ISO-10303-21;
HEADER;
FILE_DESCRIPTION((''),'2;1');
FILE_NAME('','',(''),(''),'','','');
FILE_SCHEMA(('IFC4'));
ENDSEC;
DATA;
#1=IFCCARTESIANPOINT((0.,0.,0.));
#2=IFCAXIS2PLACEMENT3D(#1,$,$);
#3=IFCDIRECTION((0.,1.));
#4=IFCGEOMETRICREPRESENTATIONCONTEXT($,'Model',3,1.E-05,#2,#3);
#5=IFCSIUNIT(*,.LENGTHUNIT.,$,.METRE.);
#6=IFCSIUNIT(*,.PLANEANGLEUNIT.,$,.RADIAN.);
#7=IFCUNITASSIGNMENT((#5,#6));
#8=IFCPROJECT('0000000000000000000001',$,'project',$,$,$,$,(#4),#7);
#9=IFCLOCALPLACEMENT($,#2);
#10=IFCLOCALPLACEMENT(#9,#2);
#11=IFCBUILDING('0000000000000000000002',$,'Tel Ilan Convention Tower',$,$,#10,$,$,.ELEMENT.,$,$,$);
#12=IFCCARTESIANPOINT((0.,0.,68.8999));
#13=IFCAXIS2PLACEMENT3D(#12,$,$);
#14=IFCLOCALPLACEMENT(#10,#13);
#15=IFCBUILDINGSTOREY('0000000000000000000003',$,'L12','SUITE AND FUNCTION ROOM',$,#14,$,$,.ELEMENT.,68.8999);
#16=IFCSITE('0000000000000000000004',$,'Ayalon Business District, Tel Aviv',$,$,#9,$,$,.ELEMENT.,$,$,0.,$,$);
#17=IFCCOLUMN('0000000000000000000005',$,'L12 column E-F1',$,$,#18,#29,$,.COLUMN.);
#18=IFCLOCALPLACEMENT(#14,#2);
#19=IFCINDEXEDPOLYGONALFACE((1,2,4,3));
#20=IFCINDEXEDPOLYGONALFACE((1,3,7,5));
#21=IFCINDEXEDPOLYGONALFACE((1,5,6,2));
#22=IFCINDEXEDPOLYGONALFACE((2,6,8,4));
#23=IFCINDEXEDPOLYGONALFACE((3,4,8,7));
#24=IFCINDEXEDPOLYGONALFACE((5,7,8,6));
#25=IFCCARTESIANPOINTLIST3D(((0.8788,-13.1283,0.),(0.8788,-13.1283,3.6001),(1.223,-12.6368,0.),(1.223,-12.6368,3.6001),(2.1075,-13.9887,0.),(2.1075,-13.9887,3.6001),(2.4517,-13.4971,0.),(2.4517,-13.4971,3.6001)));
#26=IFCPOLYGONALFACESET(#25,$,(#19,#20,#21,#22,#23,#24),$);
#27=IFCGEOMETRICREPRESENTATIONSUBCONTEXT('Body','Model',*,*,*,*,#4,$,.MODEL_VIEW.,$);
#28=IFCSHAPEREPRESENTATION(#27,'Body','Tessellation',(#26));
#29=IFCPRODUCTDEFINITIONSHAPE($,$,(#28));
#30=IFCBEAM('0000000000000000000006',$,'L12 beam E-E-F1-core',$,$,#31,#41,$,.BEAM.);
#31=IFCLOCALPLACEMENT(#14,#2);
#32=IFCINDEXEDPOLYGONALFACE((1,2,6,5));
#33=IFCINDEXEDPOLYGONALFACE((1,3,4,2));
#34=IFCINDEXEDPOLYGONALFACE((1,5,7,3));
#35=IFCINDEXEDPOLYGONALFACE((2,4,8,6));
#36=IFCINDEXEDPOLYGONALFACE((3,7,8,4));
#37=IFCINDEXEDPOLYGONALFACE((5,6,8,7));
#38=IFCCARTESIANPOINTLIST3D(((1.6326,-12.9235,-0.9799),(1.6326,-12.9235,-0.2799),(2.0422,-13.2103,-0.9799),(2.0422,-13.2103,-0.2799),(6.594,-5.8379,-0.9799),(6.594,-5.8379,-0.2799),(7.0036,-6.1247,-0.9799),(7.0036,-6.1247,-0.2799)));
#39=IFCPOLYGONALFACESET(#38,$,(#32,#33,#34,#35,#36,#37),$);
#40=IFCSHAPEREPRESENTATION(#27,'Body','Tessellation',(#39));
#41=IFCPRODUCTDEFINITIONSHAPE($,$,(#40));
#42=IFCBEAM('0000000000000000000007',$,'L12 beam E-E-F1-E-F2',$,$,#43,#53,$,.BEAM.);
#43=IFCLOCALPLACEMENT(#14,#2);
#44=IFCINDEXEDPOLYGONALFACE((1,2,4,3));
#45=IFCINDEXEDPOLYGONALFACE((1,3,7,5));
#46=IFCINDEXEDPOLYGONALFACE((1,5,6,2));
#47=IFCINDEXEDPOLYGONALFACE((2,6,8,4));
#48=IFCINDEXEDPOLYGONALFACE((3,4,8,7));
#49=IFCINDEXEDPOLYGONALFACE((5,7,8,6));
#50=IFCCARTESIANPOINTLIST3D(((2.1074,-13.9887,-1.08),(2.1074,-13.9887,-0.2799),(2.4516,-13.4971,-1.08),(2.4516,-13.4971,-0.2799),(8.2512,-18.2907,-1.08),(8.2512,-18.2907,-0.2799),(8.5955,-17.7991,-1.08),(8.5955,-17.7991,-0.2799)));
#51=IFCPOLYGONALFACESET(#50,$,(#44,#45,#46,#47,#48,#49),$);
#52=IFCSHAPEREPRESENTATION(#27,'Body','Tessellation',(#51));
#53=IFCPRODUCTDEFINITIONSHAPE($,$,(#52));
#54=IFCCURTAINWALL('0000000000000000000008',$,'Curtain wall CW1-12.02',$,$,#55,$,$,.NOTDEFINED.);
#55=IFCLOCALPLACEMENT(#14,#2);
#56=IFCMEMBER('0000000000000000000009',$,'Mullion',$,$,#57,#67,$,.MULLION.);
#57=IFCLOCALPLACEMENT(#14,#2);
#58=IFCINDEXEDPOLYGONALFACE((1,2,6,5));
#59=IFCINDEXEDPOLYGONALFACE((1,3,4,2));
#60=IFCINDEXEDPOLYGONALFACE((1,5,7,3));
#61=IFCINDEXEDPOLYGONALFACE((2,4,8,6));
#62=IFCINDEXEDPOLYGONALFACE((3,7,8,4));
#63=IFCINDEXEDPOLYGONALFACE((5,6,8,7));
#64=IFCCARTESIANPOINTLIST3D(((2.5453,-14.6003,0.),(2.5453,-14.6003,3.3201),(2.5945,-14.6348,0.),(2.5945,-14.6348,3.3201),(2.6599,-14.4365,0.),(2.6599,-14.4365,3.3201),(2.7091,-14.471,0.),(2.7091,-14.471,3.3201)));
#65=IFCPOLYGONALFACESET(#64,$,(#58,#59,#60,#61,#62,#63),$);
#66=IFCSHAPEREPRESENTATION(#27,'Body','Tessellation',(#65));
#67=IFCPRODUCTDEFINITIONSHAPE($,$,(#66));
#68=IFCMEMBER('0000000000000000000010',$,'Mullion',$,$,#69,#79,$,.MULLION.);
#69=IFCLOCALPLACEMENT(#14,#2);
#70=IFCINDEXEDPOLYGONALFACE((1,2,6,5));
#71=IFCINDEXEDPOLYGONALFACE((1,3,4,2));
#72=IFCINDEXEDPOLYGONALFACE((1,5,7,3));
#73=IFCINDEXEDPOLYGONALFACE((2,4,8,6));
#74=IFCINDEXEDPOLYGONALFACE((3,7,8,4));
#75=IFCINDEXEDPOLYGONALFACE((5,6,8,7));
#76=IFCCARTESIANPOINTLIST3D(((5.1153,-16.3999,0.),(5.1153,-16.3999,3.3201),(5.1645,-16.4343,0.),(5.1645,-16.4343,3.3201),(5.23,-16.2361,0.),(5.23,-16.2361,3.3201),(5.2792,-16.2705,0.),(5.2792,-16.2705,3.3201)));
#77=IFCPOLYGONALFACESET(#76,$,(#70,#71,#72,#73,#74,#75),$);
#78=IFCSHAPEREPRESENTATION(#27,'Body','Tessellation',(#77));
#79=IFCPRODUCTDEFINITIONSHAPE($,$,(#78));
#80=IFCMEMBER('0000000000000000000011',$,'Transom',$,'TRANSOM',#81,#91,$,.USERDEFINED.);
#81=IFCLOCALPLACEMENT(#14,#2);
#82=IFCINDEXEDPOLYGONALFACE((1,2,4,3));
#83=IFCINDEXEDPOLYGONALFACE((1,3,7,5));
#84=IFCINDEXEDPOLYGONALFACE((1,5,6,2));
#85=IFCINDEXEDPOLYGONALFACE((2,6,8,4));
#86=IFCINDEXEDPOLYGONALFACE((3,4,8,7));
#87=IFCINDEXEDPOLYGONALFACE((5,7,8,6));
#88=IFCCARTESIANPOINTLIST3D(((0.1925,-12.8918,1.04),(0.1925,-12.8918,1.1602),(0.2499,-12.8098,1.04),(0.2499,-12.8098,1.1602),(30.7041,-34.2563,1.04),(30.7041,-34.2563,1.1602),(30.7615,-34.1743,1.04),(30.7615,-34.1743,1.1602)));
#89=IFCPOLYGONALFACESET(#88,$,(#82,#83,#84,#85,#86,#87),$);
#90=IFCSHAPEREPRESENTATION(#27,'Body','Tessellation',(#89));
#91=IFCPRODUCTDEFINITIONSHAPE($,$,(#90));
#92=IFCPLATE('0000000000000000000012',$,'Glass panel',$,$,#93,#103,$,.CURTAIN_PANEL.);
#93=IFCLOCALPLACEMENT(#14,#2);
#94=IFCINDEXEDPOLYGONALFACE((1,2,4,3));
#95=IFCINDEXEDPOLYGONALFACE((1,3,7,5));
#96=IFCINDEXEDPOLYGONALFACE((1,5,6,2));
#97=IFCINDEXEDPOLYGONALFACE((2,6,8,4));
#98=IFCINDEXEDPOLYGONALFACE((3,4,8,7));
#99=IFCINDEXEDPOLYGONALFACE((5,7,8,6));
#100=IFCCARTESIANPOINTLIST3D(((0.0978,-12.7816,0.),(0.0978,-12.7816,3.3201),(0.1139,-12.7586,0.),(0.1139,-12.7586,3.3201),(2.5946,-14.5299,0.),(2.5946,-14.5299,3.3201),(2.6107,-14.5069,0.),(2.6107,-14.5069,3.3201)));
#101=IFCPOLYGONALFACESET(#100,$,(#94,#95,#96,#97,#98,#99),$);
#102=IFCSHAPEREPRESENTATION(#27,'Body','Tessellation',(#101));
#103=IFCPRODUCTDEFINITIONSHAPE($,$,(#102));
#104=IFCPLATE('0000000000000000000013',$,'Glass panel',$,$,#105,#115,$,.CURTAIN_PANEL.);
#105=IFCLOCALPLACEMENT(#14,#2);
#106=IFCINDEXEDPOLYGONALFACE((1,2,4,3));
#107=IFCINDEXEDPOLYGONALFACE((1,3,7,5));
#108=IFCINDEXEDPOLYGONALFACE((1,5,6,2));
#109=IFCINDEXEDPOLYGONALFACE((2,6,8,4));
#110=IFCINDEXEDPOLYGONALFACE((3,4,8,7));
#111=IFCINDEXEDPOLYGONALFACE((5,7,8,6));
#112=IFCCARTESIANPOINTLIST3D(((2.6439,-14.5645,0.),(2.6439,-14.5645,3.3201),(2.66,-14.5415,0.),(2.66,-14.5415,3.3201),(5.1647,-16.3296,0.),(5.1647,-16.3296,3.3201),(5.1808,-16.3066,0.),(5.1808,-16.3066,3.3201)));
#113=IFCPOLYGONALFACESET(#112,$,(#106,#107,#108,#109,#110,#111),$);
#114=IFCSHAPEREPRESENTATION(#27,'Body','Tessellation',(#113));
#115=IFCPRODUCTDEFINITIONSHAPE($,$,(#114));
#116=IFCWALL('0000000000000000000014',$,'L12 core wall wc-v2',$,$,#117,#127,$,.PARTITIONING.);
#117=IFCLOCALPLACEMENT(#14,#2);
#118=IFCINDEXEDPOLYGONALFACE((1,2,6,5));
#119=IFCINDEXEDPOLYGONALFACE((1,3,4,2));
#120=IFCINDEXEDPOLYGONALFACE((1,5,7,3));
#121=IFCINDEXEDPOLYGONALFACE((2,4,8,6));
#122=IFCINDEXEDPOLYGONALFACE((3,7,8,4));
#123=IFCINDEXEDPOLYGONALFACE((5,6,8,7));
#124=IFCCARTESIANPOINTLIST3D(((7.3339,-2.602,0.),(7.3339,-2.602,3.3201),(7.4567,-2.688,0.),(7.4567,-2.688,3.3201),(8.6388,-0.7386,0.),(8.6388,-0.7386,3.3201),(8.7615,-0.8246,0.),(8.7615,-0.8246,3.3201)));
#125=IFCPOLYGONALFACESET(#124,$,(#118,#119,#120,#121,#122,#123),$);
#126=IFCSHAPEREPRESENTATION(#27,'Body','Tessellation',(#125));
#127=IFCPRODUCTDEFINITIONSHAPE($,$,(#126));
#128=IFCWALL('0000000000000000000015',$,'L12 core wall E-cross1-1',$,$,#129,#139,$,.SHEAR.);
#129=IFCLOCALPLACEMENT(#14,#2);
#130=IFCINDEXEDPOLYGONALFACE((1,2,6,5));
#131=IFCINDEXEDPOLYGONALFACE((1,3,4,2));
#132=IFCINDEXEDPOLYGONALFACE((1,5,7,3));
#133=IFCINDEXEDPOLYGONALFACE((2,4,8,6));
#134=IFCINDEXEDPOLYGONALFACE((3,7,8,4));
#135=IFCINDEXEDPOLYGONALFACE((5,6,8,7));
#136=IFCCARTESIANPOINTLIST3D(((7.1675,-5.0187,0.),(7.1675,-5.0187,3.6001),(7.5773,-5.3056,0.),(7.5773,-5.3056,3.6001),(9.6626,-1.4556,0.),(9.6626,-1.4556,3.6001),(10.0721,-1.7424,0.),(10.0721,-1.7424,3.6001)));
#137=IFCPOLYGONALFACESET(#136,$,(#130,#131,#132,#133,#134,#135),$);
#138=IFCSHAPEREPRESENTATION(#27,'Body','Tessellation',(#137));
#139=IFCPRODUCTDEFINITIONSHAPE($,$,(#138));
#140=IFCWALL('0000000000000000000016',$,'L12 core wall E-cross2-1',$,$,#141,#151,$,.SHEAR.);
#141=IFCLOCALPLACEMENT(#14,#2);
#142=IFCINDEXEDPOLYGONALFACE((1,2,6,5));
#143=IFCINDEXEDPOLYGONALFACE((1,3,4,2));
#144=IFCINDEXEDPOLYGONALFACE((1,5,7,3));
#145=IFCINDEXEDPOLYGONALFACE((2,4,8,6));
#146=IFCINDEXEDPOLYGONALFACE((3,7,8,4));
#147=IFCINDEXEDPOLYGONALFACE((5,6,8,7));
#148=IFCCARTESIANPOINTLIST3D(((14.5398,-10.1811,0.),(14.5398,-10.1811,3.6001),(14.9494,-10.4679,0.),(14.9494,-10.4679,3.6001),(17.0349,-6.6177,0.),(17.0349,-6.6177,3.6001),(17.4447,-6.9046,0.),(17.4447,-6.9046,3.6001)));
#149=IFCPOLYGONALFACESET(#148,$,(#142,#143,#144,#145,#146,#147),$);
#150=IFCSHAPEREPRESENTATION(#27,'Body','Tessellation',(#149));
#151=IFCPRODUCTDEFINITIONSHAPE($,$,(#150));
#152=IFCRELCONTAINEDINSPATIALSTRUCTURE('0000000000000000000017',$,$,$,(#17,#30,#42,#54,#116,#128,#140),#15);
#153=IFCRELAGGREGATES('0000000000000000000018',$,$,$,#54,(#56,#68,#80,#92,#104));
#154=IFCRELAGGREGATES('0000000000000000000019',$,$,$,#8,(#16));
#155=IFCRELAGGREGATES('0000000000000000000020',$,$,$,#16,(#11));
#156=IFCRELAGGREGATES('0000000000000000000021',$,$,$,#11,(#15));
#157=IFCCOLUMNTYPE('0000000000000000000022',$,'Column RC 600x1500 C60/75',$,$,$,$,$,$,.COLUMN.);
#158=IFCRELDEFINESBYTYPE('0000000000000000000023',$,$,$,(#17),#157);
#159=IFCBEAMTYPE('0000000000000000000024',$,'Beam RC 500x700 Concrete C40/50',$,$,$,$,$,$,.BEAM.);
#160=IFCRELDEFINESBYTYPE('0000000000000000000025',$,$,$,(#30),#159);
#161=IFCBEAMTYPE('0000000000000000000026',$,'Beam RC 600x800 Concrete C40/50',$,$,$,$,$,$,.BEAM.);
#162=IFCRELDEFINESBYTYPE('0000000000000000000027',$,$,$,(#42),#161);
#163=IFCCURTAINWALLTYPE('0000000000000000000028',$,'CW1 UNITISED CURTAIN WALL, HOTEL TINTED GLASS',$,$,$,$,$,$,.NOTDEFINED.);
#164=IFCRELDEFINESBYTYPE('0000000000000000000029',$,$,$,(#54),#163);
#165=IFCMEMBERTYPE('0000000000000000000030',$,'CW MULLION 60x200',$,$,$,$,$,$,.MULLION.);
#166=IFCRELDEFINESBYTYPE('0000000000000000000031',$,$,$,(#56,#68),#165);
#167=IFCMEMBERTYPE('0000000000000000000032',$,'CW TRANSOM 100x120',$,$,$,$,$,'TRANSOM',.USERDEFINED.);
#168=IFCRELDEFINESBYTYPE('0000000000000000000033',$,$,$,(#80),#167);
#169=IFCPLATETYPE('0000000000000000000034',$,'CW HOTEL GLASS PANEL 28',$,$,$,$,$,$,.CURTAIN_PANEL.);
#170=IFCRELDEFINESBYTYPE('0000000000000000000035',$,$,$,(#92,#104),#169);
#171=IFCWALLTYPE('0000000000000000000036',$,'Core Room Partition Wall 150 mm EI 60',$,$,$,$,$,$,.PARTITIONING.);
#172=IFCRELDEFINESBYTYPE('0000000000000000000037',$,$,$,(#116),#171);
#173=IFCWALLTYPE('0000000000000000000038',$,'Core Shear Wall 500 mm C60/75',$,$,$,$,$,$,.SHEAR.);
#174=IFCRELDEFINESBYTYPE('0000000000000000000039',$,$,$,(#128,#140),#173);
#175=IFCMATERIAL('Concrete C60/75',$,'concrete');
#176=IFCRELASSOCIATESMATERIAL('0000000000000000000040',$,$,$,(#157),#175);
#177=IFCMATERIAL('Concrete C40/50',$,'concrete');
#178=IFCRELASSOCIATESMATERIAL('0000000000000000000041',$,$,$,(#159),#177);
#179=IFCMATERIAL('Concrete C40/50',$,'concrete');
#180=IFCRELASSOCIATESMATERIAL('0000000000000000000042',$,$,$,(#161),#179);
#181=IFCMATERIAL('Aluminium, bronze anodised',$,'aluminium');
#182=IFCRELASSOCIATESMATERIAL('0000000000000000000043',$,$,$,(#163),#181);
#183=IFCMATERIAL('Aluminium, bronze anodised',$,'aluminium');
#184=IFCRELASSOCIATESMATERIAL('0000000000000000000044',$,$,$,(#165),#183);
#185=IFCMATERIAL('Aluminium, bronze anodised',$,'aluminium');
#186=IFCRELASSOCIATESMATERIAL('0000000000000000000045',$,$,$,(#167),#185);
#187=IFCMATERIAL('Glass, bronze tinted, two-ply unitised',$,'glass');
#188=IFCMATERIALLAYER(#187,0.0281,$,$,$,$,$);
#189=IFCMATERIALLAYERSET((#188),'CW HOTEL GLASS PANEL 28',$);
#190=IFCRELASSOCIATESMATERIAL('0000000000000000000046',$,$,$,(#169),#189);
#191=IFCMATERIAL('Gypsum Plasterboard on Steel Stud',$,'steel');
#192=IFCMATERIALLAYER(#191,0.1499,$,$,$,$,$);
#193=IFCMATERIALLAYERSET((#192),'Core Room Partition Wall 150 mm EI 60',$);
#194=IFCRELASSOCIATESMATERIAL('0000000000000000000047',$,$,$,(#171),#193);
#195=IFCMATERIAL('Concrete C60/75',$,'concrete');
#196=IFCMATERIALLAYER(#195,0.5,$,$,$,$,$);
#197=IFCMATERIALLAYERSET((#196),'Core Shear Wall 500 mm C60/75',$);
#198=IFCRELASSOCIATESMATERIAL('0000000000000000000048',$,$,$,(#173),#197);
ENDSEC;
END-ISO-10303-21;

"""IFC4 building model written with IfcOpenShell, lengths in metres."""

from ifc_helpers import new_model, si_unit, direction, frame, frame_2d, origin, origin_2d, place, context, subcontext, project, spatial, polyline, rectangle, outline, extrude, material, layer, layer_set, material_profile, profile_set, type_object, element, aggregate, save


model = new_model("IFC4")

# Units and contexts
model_context = context("Model", 3, precision=1e-05, world=origin(), true_north=direction((0.0, 1.0)))
body_context = subcontext(model_context, "Body", "Model", "MODEL_VIEW")
ifc_project = project(units=[si_unit("LENGTHUNIT", "METRE"), si_unit("PLANEANGLEUNIT", "RADIAN")], contexts=[model_context])

# Site, building, storey
site_placement = place(None, origin())
site = spatial("IfcSite", under=ifc_project, at=site_placement, Name="Ayalon Business District, Tel Aviv", CompositionType="ELEMENT", RefElevation=0.0)
building_placement = place(site_placement, origin())
building = spatial("IfcBuilding", under=site, at=building_placement, Name="Tel Ilan Convention Tower", CompositionType="ELEMENT")
storey_placement = place(building_placement, frame((0.0, 0.0, 68.8999)))
storey = spatial("IfcBuildingStorey", under=building, at=storey_placement, Name="L12", Description="SUITE AND FUNCTION ROOM", CompositionType="ELEMENT", Elevation=68.8999)

# Column
ifc_material_1 = material(Name="Concrete C60/75", Category="concrete")
ifc_material_profile_1 = material_profile(ifc_material_1, rectangle(XDim=1.5, YDim=0.6001, at=origin_2d()), Name="RC 600x1500")
ifc_profile_set_1 = profile_set([ifc_material_profile_1], Name="Concrete C60/75")
column_type = type_object("IfcColumnType", Name="Column RC 600x1500 C60/75", PredefinedType="COLUMN", material=ifc_profile_set_1)
column_placement = place(storey_placement, frame((1.6653, -13.3127, 0.0), z_axis=(0.0, 0.0, 1.0), x_axis=(0.819152, -0.573576, 0.0)))
element("IfcColumn", 1, at=column_placement, inside=storey, type_object=column_type, Name="L12 column E-F1", PredefinedType="COLUMN", context=body_context, shape_type="SweptSolid", body=[
    extrude(rectangle(XDim=1.5, YDim=0.6001, at=origin_2d()), origin(), (0.0, 0.0, 1.0), 3.6001),
])

# Beams
ifc_material_2 = material(Name="Concrete C40/50", Category="concrete")
ifc_material_profile_2 = material_profile(ifc_material_2, rectangle(XDim=0.5, YDim=0.7, at=origin_2d()), Name="RC 500x700")
ifc_profile_set_2 = profile_set([ifc_material_profile_2], Name="Concrete C40/50")
beam_type_1 = type_object("IfcBeamType", Name="Beam RC 500x700 Concrete C40/50", PredefinedType="BEAM", material=ifc_profile_set_2)
beam_1_placement = place(storey_placement, frame((1.8374, -13.0669, -0.6299), z_axis=(0.573574, 0.819154, 0.0), x_axis=(-0.819154, 0.573574, 0.0)))
element("IfcBeam", 2, at=beam_1_placement, inside=storey, type_object=beam_type_1, Name="L12 beam E-E-F1-core", PredefinedType="BEAM", context=body_context, shape_type="SweptSolid", body=[
    extrude(rectangle(XDim=0.5, YDim=0.7, at=origin_2d()), origin(), (0.0, 0.0, 1.0), 8.6499),
])
ifc_material_3 = material(Name="Concrete C40/50", Category="concrete")
ifc_material_profile_3 = material_profile(ifc_material_3, rectangle(XDim=0.6001, YDim=0.8, at=origin_2d()), Name="RC 600x800")
ifc_profile_set_3 = profile_set([ifc_material_profile_3], Name="Concrete C40/50")
beam_type_2 = type_object("IfcBeamType", Name="Beam RC 600x800 Concrete C40/50", PredefinedType="BEAM", material=ifc_profile_set_3)
beam_2_placement = place(storey_placement, frame((2.2795, -13.7429, -0.6799), z_axis=(0.819148, -0.573582, 0.0), x_axis=(0.573582, 0.819148, 0.0)))
element("IfcBeam", 3, at=beam_2_placement, inside=storey, type_object=beam_type_2, Name="L12 beam E-E-F1-E-F2", PredefinedType="BEAM", context=body_context, shape_type="SweptSolid", body=[
    extrude(rectangle(XDim=0.6001, YDim=0.8, at=origin_2d()), origin(), (0.0, 0.0, 1.0), 7.5002),
])

# Curtain wall, members, plates
ifc_material_4 = material(Name="Aluminium, bronze anodised", Category="aluminium")
curtain_wall_type = type_object("IfcCurtainWallType", Name="CW1 UNITISED CURTAIN WALL, HOTEL TINTED GLASS", PredefinedType="NOTDEFINED", material=ifc_material_4)
curtain_wall_placement = place(storey_placement, origin())
curtain_wall = element("IfcCurtainWall", 4, at=curtain_wall_placement, inside=storey, type_object=curtain_wall_type, Name="Curtain wall CW1-12.02", PredefinedType="NOTDEFINED")
ifc_material_5 = material(Name="Aluminium, bronze anodised", Category="aluminium")
ifc_material_profile_4 = material_profile(ifc_material_5, rectangle(XDim=0.0601, YDim=0.2, at=origin_2d()), Name="CW MULLION 60x200")
ifc_profile_set_4 = profile_set([ifc_material_profile_4], Name="Aluminium, bronze anodised")
member_type_1 = type_object("IfcMemberType", Name="CW MULLION 60x200", PredefinedType="MULLION", material=ifc_profile_set_4)
member_1_placement = place(storey_placement, frame((2.6272, -14.5356, 0.0), z_axis=(0.0, 0.0, 1.0), x_axis=(0.819152, -0.573576, 0.0)))
member_1 = element("IfcMember", 5, at=member_1_placement, type_object=member_type_1, Name="Mullion", PredefinedType="MULLION", context=body_context, shape_type="SweptSolid", body=[
    extrude(rectangle(XDim=0.0601, YDim=0.2, at=origin_2d()), origin(), (0.0, 0.0, 1.0), 3.3201),
])
member_2_placement = place(storey_placement, frame((5.1973, -16.3352, 0.0), z_axis=(0.0, 0.0, 1.0), x_axis=(0.819152, -0.573576, 0.0)))
member_2 = element("IfcMember", 6, at=member_2_placement, type_object=member_type_1, Name="Mullion", PredefinedType="MULLION", context=body_context, shape_type="SweptSolid", body=[
    extrude(rectangle(XDim=0.0601, YDim=0.2, at=origin_2d()), origin(), (0.0, 0.0, 1.0), 3.3201),
])
ifc_material_6 = material(Name="Aluminium, bronze anodised", Category="aluminium")
ifc_material_profile_5 = material_profile(ifc_material_6, rectangle(XDim=0.1001, YDim=0.1201, at=origin_2d()), Name="CW TRANSOM 100x120")
ifc_profile_set_5 = profile_set([ifc_material_profile_5], Name="Aluminium, bronze anodised")
member_type_2 = type_object("IfcMemberType", Name="CW TRANSOM 100x120", ElementType="TRANSOM", PredefinedType="USERDEFINED", material=ifc_profile_set_5)
member_3_placement = place(storey_placement, frame((0.2212, -12.8508, 1.1001), z_axis=(0.819152, -0.573576, 0.0), x_axis=(0.573576, 0.819152, 0.0)))
member_3 = element("IfcMember", 7, at=member_3_placement, type_object=member_type_2, Name="Transom", ObjectType="TRANSOM", PredefinedType="USERDEFINED", context=body_context, shape_type="SweptSolid", body=[
    extrude(rectangle(XDim=0.1001, YDim=0.1201, at=origin_2d()), origin(), (0.0, 0.0, 1.0), 37.2478),
])
ifc_material_7 = material(Name="Glass, bronze tinted, two-ply unitised", Category="glass")
ifc_layer_1 = layer(ifc_material_7, 0.0281)
ifc_layer_set_1 = layer_set([ifc_layer_1], Name="CW HOTEL GLASS PANEL 28")
plate_type = type_object("IfcPlateType", Name="CW HOTEL GLASS PANEL 28", PredefinedType="CURTAIN_PANEL", material=ifc_layer_set_1)
plate_1_placement = place(storey_placement, frame((1.3542, -13.6443, 0.0), z_axis=(0.0, 0.0, 1.0), x_axis=(0.819152, -0.573576, 0.0)))
plate_1 = element("IfcPlate", 8, at=plate_1_placement, type_object=plate_type, Name="Glass panel", PredefinedType="CURTAIN_PANEL", context=body_context, shape_type="SweptSolid", body=[
    extrude(rectangle(XDim=3.0481, YDim=0.0281, at=origin_2d()), origin(), (0.0, 0.0, 1.0), 3.3201),
])
plate_2_placement = place(storey_placement, frame((3.9124, -15.4355, 0.0), z_axis=(0.0, 0.0, 1.0), x_axis=(0.819152, -0.573576, 0.0)))
plate_2 = element("IfcPlate", 9, at=plate_2_placement, type_object=plate_type, Name="Glass panel", PredefinedType="CURTAIN_PANEL", context=body_context, shape_type="SweptSolid", body=[
    extrude(rectangle(XDim=3.0774, YDim=0.0281, at=origin_2d()), origin(), (0.0, 0.0, 1.0), 3.3201),
])
aggregate(curtain_wall, [member_1, member_2, member_3, plate_1, plate_2])

# Walls
ifc_material_8 = material(Name="Gypsum Plasterboard on Steel Stud", Category="steel")
ifc_layer_2 = layer(ifc_material_8, 0.1499)
ifc_layer_set_2 = layer_set([ifc_layer_2], Name="Core Room Partition Wall 150 mm EI 60")
wall_type_1 = type_object("IfcWallType", Name="Core Room Partition Wall 150 mm EI 60", PredefinedType="PARTITIONING", material=ifc_layer_set_2)
wall_1_placement = place(storey_placement, frame((7.3953, -2.645, 0.0), z_axis=(0.0, 0.0, 1.0), x_axis=(0.573599, 0.819136, 0.0)))
element("IfcWall", 10, at=wall_1_placement, inside=storey, type_object=wall_type_1, Name="L12 core wall wc-v2", PredefinedType="PARTITIONING", context=body_context, shape_type="SweptSolid", body=[
    extrude(rectangle(XDim=2.2749, YDim=0.1499, at=frame_2d((1.1375, 0.0))), origin(), (0.0, 0.0, 1.0), 3.3201),
])
ifc_material_9 = material(Name="Concrete C60/75", Category="concrete")
ifc_layer_3 = layer(ifc_material_9, 0.5)
ifc_layer_set_3 = layer_set([ifc_layer_3], Name="Core Shear Wall 500 mm C60/75")
wall_type_2 = type_object("IfcWallType", Name="Core Shear Wall 500 mm C60/75", PredefinedType="SHEAR", material=ifc_layer_set_3)
wall_2_placement = place(storey_placement, frame((7.3723, -5.1621, 0.0), z_axis=(0.0, 0.0, 1.0), x_axis=(0.573594, 0.81914, 0.0)))
element("IfcWall", 11, at=wall_2_placement, inside=storey, type_object=wall_type_2, Name="L12 core wall E-cross1-1", PredefinedType="SHEAR", context=body_context, shape_type="SweptSolid", body=[
    extrude(outline(polyline([(0.0, 0.25), (0.0, -0.2502), (4.3499, -0.25), (4.3499, 0.25), (0.0, 0.25)])), origin(), (0.0, 0.0, 1.0), 3.6001),
])
wall_3_placement = place(storey_placement, frame((14.7446, -10.3245, 0.0), z_axis=(0.0, 0.0, 1.0), x_axis=(0.573568, 0.819158, 0.0)))
element("IfcWall", 12, at=wall_3_placement, inside=storey, type_object=wall_type_2, Name="L12 core wall E-cross2-1", PredefinedType="SHEAR", context=body_context, shape_type="SweptSolid", body=[
    extrude(outline(polyline([(0.0, 0.25), (0.0, -0.25), (4.3501, -0.2502), (4.3501, 0.25), (0.0, 0.25)])), origin(), (0.0, 0.0, 1.0), 3.6001),
])

save(model, "model.ifc")
